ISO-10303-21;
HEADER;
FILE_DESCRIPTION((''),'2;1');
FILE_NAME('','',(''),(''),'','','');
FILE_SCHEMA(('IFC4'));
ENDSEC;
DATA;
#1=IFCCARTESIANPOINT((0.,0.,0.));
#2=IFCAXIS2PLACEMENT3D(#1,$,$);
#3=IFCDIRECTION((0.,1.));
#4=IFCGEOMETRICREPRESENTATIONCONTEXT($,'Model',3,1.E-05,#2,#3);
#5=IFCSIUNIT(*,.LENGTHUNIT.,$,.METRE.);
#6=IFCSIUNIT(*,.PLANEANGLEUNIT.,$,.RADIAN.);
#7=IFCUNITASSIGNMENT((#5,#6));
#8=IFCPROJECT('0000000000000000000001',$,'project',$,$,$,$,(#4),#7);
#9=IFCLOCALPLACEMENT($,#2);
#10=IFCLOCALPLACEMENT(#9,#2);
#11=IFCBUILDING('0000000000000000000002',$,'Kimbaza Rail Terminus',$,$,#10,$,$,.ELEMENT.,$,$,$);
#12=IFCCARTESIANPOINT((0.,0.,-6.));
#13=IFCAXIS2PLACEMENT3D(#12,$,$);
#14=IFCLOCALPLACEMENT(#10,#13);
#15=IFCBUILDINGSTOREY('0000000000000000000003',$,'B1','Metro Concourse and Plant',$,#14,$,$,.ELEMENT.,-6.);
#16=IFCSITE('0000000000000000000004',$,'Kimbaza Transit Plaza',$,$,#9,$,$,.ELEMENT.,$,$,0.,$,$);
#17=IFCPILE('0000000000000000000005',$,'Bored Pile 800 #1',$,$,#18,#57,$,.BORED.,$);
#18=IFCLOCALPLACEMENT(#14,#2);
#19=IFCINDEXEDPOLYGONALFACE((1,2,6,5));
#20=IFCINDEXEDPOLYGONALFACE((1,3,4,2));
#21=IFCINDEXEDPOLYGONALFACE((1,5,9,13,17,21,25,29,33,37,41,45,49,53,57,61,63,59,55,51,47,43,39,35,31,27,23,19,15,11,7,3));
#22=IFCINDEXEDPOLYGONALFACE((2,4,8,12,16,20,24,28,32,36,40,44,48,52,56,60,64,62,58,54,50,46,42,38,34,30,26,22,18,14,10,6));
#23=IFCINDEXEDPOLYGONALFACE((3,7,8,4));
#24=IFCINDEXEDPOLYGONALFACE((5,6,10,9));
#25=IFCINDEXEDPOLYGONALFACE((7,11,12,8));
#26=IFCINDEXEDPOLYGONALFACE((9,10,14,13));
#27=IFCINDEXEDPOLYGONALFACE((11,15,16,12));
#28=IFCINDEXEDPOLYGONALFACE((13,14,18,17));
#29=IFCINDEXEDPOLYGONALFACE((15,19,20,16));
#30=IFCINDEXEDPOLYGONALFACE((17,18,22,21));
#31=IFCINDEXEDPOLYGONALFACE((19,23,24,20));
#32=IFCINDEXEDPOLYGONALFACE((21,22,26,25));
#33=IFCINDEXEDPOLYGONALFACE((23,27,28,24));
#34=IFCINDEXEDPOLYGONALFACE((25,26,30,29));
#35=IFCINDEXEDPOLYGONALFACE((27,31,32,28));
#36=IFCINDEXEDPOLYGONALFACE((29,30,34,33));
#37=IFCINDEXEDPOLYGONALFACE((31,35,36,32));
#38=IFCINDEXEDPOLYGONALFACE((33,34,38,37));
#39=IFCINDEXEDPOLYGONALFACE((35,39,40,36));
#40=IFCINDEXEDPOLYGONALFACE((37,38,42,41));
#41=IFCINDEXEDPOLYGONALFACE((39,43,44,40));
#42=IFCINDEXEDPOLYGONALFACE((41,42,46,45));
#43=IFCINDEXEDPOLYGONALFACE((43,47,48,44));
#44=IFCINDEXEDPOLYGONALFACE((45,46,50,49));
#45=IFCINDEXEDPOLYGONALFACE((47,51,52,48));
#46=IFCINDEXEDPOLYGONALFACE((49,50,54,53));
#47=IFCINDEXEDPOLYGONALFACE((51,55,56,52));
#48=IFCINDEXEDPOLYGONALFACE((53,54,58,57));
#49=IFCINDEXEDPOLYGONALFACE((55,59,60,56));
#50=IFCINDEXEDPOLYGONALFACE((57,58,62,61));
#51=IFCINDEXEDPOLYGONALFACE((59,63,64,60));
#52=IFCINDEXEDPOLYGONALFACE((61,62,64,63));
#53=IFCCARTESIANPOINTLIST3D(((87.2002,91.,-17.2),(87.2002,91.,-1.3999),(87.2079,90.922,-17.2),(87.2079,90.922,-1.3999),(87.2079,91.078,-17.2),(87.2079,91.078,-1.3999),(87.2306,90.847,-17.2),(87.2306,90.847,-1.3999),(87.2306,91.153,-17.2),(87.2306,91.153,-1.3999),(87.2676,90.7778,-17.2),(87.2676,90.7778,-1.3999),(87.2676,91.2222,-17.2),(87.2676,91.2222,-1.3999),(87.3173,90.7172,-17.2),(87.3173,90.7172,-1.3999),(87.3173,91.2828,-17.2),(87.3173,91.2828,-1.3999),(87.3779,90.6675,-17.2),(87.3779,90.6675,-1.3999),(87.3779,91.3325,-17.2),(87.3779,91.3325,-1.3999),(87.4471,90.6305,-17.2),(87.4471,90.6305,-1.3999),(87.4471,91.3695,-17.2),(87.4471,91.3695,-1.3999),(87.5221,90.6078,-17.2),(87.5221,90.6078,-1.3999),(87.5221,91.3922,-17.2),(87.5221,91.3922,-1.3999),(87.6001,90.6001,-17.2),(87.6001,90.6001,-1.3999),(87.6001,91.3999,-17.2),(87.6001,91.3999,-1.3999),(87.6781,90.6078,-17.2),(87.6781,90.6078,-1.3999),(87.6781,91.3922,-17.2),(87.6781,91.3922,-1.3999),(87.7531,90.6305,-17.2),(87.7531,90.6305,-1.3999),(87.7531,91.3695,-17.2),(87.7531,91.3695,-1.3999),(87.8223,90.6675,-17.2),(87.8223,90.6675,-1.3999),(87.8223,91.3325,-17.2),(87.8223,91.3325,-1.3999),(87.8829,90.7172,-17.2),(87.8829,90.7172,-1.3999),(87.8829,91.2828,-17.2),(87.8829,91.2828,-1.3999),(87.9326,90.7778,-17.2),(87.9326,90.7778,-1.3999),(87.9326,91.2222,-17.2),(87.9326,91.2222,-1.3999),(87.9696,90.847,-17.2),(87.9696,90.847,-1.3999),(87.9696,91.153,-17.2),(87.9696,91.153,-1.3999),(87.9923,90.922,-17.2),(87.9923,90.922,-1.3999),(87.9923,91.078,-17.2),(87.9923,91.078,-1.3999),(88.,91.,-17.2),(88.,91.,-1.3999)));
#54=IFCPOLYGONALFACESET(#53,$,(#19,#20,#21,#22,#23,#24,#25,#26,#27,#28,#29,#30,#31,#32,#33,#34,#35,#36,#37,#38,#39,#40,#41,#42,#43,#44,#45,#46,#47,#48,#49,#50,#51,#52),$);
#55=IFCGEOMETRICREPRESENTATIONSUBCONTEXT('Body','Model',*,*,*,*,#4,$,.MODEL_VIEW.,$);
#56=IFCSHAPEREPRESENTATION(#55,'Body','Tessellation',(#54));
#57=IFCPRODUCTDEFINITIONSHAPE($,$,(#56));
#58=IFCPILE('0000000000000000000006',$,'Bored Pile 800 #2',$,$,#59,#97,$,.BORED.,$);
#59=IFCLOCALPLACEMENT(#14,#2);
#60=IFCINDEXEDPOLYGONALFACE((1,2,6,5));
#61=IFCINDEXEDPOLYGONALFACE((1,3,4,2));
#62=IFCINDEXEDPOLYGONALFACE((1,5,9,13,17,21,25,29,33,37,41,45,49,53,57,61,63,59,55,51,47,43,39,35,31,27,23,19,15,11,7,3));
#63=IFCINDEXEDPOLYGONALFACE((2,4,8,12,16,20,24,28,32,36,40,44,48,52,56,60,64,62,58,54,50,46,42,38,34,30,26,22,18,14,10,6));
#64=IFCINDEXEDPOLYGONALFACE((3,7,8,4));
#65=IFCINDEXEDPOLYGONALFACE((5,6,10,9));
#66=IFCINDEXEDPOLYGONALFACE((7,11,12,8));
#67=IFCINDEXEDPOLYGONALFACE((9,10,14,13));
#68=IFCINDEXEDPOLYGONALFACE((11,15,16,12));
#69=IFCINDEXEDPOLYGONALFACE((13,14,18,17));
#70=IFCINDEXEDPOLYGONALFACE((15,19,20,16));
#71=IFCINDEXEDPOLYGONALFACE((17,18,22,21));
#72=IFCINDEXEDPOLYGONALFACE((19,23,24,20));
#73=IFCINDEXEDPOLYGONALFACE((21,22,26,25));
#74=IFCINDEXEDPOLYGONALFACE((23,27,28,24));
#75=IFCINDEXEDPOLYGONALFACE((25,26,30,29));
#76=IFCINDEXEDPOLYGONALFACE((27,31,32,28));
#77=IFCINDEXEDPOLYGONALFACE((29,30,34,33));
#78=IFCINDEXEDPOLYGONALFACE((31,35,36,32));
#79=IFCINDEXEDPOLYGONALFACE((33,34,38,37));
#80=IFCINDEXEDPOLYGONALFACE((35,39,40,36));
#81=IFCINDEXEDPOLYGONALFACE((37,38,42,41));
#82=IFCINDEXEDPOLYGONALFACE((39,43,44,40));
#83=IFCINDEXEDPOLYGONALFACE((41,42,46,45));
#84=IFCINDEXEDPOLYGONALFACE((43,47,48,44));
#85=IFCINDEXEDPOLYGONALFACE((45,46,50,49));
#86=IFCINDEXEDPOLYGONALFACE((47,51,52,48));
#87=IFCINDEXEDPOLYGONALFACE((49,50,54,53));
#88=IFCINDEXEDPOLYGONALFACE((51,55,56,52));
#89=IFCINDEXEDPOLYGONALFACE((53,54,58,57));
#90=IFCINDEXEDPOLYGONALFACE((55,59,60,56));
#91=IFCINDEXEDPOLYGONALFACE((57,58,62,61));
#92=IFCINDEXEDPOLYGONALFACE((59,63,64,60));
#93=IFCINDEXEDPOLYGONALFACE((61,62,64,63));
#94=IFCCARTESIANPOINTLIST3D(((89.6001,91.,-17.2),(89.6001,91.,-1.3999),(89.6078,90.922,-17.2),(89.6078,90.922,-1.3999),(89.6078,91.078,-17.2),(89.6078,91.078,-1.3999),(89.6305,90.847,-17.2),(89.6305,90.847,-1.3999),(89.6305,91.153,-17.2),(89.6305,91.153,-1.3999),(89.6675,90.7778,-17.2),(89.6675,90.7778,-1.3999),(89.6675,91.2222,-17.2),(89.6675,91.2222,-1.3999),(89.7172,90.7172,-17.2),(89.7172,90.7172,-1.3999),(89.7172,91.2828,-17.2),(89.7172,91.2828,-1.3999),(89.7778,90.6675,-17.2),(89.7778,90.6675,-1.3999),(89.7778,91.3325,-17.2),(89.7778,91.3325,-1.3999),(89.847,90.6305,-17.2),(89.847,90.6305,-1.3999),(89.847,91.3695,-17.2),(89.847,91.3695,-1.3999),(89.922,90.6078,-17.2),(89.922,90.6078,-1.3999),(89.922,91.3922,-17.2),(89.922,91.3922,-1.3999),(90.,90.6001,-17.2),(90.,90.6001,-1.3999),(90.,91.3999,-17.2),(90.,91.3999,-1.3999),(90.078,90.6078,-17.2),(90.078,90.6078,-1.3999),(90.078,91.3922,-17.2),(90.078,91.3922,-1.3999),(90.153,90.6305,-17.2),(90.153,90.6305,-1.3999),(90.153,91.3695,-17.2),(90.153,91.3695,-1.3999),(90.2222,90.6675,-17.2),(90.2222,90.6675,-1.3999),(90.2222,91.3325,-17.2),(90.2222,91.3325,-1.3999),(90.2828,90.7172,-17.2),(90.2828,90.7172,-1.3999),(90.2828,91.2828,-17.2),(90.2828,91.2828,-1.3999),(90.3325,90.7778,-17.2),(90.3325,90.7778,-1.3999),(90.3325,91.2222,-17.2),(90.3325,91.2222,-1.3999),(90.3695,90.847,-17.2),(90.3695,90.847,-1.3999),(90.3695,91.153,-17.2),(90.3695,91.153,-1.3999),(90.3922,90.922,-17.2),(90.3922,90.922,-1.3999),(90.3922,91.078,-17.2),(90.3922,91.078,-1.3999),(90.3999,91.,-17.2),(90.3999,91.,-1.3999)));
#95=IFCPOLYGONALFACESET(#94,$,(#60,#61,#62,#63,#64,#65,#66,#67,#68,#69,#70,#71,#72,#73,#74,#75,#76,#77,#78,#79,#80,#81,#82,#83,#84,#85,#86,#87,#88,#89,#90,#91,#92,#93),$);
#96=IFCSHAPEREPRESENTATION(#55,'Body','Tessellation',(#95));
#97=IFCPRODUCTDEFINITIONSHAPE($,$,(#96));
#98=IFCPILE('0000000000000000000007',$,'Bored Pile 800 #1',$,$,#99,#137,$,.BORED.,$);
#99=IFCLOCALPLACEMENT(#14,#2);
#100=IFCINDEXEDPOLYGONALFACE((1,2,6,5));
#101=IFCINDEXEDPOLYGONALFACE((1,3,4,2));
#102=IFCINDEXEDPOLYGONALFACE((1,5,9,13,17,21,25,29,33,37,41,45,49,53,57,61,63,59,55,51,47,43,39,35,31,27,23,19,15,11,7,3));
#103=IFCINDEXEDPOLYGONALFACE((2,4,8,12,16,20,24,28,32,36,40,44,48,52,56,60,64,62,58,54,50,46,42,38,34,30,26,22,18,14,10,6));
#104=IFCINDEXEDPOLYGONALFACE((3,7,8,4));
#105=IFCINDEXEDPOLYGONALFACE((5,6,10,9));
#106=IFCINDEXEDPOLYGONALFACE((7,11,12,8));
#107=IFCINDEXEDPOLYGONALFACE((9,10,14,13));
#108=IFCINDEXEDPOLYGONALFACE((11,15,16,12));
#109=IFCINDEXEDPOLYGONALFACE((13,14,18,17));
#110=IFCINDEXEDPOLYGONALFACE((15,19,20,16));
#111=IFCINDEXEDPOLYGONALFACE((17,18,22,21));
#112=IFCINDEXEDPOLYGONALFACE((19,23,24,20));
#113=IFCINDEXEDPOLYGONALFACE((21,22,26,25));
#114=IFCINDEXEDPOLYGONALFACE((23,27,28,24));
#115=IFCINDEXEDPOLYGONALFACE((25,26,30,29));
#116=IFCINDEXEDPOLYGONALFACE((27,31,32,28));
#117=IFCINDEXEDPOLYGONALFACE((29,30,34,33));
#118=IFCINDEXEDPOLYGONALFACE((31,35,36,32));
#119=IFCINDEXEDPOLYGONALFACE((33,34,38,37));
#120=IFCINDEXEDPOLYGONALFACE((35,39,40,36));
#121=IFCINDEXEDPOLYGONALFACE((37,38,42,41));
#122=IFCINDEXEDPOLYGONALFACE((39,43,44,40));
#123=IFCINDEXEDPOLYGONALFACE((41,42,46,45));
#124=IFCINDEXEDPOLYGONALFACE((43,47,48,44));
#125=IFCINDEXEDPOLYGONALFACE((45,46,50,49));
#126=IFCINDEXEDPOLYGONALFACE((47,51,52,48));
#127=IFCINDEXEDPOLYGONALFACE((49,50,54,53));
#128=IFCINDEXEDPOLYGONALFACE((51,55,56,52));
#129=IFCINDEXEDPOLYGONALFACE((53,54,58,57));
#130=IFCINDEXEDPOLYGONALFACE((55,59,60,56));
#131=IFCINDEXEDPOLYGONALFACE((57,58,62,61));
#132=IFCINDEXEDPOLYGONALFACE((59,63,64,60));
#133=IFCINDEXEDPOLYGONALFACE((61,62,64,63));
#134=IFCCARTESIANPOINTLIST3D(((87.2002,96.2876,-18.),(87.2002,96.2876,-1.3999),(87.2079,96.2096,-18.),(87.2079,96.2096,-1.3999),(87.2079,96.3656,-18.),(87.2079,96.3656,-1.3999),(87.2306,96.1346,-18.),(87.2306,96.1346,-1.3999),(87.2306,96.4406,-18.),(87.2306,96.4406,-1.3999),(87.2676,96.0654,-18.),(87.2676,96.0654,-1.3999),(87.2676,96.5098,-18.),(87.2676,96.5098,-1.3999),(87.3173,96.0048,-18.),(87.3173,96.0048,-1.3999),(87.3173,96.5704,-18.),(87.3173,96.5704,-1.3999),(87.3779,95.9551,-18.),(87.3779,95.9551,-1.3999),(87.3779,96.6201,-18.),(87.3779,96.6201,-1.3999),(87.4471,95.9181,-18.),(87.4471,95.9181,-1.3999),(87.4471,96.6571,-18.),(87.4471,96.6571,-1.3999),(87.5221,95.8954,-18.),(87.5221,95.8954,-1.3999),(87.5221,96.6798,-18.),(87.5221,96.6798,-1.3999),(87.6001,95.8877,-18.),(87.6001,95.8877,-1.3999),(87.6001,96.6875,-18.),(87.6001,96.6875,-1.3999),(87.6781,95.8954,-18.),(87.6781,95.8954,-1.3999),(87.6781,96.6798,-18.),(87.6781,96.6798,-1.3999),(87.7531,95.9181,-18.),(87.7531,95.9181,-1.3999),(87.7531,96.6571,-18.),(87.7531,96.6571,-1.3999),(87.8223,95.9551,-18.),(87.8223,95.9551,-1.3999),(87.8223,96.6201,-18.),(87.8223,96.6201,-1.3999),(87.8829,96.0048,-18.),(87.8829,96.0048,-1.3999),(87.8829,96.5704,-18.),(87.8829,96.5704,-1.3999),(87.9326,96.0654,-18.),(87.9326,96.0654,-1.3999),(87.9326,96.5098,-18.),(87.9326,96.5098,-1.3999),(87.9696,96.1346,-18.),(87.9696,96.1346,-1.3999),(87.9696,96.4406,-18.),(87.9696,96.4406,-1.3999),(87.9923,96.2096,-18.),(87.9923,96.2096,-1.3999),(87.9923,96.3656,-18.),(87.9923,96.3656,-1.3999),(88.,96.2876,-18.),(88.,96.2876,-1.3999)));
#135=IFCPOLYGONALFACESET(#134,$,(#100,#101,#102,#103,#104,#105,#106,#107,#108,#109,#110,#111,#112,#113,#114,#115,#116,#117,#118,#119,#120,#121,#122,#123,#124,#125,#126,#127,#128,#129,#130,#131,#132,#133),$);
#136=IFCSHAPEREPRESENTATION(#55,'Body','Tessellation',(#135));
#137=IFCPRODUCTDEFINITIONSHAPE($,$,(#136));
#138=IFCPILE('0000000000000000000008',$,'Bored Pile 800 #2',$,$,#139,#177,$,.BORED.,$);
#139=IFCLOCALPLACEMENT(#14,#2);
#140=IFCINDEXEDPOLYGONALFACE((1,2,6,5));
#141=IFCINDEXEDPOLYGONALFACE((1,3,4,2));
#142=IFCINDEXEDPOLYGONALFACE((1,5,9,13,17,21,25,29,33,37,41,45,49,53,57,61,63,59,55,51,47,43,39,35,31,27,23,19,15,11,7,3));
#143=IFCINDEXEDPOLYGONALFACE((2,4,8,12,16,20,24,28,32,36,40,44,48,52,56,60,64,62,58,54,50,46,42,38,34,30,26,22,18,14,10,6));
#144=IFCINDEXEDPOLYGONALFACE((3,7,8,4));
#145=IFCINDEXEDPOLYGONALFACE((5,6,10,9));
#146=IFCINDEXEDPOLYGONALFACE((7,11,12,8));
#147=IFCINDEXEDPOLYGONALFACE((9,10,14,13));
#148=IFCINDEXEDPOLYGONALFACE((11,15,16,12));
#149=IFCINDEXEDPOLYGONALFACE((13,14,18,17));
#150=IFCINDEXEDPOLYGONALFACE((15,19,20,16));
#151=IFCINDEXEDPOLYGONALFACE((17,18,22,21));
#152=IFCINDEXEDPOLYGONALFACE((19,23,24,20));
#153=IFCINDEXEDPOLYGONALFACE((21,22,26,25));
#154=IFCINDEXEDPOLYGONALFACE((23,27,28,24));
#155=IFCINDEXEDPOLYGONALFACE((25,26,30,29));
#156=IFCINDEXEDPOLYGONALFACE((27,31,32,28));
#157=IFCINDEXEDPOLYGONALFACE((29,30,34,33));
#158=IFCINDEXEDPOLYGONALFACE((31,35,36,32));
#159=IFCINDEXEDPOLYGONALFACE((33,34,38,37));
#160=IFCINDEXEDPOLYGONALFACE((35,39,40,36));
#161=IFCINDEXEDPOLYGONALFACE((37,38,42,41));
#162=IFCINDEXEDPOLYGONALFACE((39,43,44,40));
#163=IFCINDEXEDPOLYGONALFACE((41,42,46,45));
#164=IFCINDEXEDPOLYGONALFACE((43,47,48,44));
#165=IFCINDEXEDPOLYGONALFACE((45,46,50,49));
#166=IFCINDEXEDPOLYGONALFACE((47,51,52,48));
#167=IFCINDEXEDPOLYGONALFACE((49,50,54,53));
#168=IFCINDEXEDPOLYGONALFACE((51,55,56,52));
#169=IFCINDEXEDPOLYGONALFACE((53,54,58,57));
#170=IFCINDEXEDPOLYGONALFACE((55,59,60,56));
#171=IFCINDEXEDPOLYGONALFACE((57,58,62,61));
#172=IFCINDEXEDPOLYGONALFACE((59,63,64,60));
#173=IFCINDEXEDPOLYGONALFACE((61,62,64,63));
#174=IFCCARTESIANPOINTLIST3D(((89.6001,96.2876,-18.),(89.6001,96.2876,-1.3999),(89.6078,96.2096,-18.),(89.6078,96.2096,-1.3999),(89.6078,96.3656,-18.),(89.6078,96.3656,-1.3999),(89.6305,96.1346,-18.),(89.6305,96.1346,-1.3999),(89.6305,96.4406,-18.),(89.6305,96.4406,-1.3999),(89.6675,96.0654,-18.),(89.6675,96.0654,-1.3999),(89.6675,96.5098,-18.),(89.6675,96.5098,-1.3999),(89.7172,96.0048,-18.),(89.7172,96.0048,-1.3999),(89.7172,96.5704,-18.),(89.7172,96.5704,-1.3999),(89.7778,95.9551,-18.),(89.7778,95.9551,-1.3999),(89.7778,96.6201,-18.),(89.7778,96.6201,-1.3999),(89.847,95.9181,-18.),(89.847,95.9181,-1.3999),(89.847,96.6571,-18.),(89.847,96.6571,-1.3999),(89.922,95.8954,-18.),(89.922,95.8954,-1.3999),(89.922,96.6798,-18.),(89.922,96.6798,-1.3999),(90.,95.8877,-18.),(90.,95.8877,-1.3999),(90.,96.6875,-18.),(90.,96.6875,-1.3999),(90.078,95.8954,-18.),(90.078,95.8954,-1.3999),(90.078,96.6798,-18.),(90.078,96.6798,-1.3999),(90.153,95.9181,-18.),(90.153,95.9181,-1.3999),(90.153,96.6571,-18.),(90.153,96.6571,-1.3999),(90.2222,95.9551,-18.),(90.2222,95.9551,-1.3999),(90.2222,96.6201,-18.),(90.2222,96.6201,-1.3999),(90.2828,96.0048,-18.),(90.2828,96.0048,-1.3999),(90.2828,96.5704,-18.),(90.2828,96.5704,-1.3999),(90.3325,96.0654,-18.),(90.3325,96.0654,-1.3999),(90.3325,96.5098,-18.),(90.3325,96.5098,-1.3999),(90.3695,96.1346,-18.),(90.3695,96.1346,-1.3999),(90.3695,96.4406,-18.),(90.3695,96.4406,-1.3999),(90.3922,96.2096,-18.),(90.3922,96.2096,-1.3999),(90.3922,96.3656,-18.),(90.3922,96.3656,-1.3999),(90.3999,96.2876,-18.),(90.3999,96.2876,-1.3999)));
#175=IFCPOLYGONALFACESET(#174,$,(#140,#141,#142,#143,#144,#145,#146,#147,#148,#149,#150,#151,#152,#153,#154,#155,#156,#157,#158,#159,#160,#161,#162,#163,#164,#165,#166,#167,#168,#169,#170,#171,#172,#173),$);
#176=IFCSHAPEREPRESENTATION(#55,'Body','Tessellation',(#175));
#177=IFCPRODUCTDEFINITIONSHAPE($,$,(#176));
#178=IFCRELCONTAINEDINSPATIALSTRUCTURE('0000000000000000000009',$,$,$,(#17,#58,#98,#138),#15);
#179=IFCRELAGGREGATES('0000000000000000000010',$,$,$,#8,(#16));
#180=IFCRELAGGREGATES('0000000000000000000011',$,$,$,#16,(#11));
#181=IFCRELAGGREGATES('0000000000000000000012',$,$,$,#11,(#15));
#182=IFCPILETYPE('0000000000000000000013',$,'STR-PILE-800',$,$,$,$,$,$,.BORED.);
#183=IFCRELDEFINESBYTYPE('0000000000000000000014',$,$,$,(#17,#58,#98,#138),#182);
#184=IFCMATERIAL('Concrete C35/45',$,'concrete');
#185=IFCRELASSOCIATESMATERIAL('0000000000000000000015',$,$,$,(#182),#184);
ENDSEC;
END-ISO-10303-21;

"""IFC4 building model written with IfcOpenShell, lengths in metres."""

from ifc_helpers import new_model, si_unit, direction, frame, origin, origin_2d, place, context, subcontext, project, spatial, circle, extrude, material, material_profile, profile_set, type_object, element, save


model = new_model("IFC4")

# Units and contexts
model_context = context("Model", 3, precision=1e-05, world=origin(), true_north=direction((0.0, 1.0)))
body_context = subcontext(model_context, "Body", "Model", "MODEL_VIEW")
ifc_project = project(units=[si_unit("LENGTHUNIT", "METRE"), si_unit("PLANEANGLEUNIT", "RADIAN")], contexts=[model_context])

# Site, building, storey
site_placement = place(None, origin())
site = spatial("IfcSite", under=ifc_project, at=site_placement, Name="Kimbaza Transit Plaza", CompositionType="ELEMENT", RefElevation=0.0)
building_placement = place(site_placement, origin())
building = spatial("IfcBuilding", under=site, at=building_placement, Name="Kimbaza Rail Terminus", CompositionType="ELEMENT")
storey_placement = place(building_placement, frame((0.0, 0.0, -6.0)))
storey = spatial("IfcBuildingStorey", under=building, at=storey_placement, Name="B1", Description="Metro Concourse and Plant", CompositionType="ELEMENT", Elevation=-6.0)

# Piles
ifc_material_1 = material(Name="Concrete C35/45", Category="concrete")
ifc_material_profile_1 = material_profile(ifc_material_1, circle(Radius=0.3999, at=origin_2d()), Name="BORED PILE 800")
ifc_profile_set_1 = profile_set([ifc_material_profile_1], Name="Concrete C35/45")
pile_type = type_object("IfcPileType", Name="STR-PILE-800", PredefinedType="BORED", material=ifc_profile_set_1)
for number, where, z_axis, x_axis, name in (
    (1, (87.6001, 91.0, -1.3999), (0.0, 0.0, -1.0), (1.0, 0.0, 0.0), "Bored Pile 800 #1"),
    (2, (90.0, 91.0, -1.3999), (0.0, 0.0, -1.0), (1.0, 0.0, 0.0), "Bored Pile 800 #2"),
):
    element("IfcPile", number, at=place(storey_placement, frame(where, z_axis=z_axis, x_axis=x_axis)), inside=storey, type_object=pile_type, Name=name, PredefinedType="BORED", context=body_context, shape_type="SweptSolid", body=[
        extrude(circle(Radius=0.3999, at=origin_2d()), origin(), (0.0, 0.0, 1.0), 15.8),
    ])
for number, where, z_axis, x_axis, name in (
    (3, (87.6001, 96.2876, -1.3999), (0.0, 0.0, -1.0), (1.0, 0.0, 0.0), "Bored Pile 800 #1"),
    (4, (90.0, 96.2876, -1.3999), (0.0, 0.0, -1.0), (1.0, 0.0, 0.0), "Bored Pile 800 #2"),
):
    element("IfcPile", number, at=place(storey_placement, frame(where, z_axis=z_axis, x_axis=x_axis)), inside=storey, type_object=pile_type, Name=name, PredefinedType="BORED", context=body_context, shape_type="SweptSolid", body=[
        extrude(circle(Radius=0.3999, at=origin_2d()), origin(), (0.0, 0.0, 1.0), 16.6001),
    ])

save(model, "model.ifc")
